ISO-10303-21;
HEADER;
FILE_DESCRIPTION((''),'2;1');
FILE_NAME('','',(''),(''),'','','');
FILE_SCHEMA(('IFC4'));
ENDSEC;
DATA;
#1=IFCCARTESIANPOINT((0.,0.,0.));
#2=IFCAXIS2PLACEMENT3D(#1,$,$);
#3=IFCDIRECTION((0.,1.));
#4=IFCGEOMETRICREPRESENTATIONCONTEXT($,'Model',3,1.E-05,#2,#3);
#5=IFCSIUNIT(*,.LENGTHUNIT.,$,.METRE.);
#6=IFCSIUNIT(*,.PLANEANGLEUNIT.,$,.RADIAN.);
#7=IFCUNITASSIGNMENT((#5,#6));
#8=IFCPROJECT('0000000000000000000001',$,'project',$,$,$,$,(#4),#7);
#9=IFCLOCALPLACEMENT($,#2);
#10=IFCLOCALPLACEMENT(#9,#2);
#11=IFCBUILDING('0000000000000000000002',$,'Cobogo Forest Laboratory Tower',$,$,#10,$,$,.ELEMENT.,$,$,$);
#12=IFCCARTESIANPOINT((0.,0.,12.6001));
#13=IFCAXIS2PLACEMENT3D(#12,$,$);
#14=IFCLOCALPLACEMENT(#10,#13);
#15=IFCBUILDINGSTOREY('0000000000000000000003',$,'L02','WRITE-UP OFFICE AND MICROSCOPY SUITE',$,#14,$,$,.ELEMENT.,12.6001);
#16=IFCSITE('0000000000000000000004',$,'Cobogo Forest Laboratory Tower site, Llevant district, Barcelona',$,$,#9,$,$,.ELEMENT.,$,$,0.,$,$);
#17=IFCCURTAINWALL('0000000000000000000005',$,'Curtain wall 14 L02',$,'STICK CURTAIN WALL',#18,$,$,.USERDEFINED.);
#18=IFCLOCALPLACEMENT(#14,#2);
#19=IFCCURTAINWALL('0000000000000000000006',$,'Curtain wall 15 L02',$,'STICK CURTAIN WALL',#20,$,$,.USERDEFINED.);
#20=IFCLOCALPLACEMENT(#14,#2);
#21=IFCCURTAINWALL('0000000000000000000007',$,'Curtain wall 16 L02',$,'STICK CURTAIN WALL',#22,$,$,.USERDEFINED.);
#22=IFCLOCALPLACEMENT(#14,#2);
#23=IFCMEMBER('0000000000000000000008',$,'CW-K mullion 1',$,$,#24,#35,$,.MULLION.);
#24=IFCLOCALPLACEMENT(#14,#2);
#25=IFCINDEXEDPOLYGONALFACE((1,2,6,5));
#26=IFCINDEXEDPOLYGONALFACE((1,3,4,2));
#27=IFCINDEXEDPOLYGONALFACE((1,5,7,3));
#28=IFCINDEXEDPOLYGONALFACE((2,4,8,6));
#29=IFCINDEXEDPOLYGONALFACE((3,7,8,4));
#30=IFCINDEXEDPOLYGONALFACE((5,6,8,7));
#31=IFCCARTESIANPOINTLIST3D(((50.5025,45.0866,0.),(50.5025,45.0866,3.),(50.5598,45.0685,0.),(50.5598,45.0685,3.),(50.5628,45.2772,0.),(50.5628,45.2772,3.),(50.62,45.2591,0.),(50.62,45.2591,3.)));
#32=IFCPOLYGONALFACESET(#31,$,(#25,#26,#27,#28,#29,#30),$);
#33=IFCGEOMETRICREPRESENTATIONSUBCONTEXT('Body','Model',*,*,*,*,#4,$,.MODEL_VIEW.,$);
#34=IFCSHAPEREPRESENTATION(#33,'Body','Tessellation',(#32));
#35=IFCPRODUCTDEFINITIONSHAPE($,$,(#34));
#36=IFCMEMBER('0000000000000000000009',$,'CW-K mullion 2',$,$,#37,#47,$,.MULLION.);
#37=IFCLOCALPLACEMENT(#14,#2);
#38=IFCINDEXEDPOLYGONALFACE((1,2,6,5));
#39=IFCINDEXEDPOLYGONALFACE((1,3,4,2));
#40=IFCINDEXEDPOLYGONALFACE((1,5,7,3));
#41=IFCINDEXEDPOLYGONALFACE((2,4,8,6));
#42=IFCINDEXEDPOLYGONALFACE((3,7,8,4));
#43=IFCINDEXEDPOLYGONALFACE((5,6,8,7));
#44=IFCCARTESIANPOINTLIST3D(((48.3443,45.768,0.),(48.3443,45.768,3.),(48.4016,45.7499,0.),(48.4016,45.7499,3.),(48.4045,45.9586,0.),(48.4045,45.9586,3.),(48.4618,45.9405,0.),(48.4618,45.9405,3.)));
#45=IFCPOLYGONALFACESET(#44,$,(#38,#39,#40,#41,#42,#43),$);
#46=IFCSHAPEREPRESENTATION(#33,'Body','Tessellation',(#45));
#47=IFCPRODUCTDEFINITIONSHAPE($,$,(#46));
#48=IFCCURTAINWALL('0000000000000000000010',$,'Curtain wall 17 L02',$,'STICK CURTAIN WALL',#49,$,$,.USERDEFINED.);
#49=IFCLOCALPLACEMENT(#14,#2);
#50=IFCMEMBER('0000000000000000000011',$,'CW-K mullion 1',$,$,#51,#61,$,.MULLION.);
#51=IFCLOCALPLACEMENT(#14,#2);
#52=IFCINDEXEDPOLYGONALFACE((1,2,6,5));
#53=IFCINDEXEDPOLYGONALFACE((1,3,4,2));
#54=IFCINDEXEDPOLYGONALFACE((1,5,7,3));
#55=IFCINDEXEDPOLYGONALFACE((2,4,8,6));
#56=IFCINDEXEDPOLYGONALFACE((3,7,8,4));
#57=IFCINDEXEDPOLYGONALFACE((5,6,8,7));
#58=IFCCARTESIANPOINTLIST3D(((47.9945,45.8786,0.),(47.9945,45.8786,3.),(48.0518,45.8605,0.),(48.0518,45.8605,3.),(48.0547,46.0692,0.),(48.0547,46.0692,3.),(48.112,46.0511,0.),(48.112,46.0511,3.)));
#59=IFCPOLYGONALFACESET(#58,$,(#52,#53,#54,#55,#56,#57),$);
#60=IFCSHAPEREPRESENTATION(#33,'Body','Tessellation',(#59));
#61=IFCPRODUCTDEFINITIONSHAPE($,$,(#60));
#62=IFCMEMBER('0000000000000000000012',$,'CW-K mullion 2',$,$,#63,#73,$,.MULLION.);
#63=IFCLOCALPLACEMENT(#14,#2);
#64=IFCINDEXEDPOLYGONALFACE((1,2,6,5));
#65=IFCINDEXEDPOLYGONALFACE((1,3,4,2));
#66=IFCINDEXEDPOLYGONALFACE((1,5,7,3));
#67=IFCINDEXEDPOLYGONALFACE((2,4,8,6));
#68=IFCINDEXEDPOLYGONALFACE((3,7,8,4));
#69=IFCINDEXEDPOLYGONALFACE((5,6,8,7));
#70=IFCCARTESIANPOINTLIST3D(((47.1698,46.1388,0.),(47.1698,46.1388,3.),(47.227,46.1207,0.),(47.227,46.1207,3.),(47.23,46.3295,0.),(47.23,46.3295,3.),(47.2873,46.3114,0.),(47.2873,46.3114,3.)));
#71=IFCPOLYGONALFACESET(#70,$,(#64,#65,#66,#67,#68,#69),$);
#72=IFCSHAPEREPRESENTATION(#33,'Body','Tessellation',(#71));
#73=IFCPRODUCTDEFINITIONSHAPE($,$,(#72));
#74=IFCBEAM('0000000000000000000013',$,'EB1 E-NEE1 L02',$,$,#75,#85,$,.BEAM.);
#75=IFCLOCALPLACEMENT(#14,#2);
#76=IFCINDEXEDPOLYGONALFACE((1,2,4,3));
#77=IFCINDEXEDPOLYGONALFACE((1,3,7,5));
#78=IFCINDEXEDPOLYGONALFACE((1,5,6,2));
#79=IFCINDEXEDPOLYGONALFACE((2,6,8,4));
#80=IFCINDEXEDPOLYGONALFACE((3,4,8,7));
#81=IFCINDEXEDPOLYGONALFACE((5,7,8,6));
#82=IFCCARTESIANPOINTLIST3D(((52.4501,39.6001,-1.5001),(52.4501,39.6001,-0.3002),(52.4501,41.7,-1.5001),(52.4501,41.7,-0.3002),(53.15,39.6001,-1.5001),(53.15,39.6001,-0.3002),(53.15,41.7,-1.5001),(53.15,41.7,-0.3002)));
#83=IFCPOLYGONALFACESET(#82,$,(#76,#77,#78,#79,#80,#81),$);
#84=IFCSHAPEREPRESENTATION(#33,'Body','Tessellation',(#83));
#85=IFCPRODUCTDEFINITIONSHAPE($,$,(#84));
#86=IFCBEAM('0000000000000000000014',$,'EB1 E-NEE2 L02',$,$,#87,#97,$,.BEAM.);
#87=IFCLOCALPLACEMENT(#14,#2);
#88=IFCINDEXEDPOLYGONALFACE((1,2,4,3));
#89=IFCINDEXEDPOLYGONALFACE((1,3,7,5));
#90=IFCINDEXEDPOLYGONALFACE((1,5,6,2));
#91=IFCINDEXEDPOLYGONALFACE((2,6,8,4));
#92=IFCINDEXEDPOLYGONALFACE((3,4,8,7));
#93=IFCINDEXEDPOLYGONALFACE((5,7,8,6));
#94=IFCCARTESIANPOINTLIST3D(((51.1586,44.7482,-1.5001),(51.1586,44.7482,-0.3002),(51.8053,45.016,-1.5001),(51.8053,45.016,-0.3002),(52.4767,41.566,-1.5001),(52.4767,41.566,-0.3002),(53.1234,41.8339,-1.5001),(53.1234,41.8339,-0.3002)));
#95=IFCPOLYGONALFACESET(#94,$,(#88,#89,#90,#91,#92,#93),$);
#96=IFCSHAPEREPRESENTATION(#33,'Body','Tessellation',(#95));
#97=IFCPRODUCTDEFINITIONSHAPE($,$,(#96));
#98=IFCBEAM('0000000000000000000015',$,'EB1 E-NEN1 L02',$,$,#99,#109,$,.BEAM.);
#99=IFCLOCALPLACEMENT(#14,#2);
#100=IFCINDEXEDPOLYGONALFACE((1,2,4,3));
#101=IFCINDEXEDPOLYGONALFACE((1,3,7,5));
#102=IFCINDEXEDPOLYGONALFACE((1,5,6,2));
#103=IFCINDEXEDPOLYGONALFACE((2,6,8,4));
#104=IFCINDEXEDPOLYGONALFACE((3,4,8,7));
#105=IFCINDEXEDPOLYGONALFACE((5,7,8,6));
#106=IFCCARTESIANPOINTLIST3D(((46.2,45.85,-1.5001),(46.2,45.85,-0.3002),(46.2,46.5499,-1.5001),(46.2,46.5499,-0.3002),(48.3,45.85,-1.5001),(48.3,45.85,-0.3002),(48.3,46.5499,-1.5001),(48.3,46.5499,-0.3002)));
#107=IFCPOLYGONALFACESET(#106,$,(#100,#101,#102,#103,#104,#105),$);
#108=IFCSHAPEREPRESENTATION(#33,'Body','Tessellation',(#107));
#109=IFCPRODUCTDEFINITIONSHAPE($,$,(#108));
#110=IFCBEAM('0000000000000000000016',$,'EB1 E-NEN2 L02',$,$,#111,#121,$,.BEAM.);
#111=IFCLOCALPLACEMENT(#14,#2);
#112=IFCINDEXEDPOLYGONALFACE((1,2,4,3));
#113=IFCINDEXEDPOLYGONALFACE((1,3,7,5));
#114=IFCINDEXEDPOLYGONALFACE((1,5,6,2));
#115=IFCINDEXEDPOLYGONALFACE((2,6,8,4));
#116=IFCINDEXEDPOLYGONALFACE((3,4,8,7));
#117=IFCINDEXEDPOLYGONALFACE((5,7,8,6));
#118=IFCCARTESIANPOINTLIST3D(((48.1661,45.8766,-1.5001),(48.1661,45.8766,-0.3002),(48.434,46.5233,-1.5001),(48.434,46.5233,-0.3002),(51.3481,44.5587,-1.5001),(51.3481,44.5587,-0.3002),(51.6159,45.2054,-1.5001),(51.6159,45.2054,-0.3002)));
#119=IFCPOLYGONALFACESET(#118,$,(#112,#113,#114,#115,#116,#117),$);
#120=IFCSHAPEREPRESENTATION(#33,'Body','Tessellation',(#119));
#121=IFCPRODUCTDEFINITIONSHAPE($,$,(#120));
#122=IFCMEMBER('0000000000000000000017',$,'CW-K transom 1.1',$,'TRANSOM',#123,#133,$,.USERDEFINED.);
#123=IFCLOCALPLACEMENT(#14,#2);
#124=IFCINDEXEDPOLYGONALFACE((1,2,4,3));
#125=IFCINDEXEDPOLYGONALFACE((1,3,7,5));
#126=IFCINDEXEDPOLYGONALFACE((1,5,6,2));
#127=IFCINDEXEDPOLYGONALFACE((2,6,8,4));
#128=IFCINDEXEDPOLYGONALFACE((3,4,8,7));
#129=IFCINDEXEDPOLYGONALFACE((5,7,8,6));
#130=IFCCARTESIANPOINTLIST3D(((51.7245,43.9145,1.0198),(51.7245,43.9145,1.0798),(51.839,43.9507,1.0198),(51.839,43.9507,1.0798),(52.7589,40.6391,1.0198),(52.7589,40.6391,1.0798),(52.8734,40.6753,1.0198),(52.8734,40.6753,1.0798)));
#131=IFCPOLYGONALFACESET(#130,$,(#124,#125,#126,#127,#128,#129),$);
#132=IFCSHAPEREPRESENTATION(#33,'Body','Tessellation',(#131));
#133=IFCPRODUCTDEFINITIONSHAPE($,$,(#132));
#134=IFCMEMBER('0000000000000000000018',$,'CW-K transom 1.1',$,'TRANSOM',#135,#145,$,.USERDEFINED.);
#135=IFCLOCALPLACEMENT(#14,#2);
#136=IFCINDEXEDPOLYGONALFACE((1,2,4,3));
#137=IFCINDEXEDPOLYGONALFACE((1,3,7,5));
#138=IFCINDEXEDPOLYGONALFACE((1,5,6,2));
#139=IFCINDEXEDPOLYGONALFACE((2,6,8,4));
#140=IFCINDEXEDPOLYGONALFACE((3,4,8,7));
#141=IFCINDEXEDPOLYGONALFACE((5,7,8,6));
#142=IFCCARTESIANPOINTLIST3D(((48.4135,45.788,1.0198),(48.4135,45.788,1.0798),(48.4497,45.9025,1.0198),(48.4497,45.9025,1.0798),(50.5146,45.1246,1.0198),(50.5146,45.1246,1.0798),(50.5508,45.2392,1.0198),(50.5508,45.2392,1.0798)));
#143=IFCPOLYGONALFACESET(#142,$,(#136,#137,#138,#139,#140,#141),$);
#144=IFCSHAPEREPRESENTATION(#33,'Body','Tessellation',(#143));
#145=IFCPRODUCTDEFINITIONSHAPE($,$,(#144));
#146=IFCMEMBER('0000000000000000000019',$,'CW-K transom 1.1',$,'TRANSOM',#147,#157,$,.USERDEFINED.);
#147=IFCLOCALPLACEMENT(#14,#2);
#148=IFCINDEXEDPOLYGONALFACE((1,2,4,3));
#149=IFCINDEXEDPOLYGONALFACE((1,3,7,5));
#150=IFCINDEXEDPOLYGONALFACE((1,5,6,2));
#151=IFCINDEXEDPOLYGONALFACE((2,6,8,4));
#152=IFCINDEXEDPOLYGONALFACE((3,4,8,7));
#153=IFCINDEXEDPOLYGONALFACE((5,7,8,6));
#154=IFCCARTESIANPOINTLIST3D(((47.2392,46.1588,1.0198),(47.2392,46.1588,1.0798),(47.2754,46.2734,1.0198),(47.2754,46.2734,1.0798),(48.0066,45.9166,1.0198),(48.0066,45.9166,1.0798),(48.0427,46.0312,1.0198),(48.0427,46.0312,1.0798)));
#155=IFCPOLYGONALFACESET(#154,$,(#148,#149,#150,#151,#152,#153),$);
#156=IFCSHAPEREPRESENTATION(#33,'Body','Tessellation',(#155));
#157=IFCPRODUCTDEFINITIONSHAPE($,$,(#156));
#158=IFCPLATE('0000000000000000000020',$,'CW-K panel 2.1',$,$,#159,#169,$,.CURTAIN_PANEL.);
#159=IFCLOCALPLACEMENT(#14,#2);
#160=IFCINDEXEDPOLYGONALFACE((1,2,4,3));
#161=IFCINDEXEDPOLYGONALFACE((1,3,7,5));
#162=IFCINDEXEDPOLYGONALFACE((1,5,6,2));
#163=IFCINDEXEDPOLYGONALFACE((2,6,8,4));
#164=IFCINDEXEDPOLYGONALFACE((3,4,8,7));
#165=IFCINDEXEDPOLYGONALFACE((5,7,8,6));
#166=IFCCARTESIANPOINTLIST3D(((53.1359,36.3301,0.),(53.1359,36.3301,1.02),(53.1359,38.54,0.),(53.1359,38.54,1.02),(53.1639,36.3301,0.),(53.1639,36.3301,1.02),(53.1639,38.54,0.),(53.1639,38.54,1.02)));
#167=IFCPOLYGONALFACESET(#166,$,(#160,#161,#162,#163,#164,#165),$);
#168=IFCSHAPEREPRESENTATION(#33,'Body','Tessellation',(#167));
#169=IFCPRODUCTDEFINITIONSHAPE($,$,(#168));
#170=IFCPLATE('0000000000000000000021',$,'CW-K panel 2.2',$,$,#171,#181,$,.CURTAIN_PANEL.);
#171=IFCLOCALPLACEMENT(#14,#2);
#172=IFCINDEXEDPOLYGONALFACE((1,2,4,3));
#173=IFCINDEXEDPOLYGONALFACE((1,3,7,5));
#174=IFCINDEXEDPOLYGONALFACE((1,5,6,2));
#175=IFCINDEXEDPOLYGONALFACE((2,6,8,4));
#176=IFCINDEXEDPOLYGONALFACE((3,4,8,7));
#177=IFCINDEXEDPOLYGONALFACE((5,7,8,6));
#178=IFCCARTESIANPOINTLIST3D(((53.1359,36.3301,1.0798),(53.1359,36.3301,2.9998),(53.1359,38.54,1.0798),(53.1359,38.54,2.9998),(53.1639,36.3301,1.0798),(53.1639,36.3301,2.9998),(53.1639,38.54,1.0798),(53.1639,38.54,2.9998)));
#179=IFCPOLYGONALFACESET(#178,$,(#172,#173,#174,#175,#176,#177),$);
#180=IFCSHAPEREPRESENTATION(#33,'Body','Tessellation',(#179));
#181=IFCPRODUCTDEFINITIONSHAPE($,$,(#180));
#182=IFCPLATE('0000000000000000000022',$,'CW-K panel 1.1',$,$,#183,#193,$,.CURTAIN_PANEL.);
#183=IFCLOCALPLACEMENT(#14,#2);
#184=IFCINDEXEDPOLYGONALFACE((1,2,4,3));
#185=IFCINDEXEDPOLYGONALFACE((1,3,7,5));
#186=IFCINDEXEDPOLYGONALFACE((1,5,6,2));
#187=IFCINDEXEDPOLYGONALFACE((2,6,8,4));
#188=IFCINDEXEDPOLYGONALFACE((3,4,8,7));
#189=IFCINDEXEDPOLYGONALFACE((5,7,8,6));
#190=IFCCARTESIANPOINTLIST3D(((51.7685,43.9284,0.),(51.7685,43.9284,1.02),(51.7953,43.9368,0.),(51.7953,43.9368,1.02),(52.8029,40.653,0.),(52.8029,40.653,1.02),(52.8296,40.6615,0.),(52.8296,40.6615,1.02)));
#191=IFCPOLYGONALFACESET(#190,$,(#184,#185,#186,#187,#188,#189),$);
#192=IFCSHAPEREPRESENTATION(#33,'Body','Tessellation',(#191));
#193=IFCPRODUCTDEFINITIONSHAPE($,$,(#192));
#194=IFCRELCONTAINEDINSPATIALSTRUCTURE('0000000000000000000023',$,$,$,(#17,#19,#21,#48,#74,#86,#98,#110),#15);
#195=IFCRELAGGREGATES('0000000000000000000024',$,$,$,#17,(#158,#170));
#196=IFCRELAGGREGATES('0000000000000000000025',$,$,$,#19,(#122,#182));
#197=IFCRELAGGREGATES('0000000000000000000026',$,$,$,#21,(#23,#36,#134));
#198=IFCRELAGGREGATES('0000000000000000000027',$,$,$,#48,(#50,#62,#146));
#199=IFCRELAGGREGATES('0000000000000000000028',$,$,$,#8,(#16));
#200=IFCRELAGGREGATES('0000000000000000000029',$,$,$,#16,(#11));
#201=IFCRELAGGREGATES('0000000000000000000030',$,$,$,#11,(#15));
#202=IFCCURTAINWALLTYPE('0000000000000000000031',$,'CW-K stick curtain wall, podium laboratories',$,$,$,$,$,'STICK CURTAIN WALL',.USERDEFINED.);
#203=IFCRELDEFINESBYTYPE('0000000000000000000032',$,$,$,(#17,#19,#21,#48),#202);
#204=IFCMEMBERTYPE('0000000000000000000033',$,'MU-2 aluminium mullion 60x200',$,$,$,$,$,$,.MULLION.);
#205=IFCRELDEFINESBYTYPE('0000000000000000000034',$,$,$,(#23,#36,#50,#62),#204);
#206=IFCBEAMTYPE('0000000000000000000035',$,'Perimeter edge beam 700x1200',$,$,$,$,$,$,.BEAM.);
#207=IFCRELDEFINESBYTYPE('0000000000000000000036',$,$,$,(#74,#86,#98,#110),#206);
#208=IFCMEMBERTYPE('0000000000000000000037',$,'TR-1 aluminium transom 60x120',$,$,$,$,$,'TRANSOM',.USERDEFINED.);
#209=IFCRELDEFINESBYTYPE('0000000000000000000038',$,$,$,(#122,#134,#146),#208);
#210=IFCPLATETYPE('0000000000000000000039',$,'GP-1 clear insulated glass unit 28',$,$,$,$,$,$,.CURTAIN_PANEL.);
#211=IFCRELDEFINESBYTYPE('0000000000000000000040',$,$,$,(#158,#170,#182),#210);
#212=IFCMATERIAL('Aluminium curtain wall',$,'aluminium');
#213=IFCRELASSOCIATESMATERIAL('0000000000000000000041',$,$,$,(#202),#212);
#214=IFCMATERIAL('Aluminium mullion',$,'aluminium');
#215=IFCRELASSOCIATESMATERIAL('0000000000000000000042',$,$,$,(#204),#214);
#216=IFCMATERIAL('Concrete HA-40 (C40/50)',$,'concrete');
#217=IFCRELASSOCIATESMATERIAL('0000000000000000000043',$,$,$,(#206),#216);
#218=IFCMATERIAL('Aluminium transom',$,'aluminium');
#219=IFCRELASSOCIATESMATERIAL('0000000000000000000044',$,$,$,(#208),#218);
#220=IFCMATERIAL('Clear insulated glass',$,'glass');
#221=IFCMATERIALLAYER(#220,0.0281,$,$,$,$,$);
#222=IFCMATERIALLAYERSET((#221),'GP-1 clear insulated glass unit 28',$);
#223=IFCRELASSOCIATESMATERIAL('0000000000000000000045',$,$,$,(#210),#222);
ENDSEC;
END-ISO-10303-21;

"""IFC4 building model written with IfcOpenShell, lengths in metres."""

from ifc_helpers import new_model, si_unit, direction, frame, origin, origin_2d, place, context, subcontext, project, spatial, rectangle, extrude, material, layer, layer_set, material_profile, profile_set, type_object, element, aggregate, save


model = new_model("IFC4")

# Units and contexts
model_context = context("Model", 3, precision=1e-05, world=origin(), true_north=direction((0.0, 1.0)))
body_context = subcontext(model_context, "Body", "Model", "MODEL_VIEW")
ifc_project = project(units=[si_unit("LENGTHUNIT", "METRE"), si_unit("PLANEANGLEUNIT", "RADIAN")], contexts=[model_context])

# Site, building, storey
site_placement = place(None, origin())
site = spatial("IfcSite", under=ifc_project, at=site_placement, Name="Cobogo Forest Laboratory Tower site, Llevant district, Barcelona", CompositionType="ELEMENT", RefElevation=0.0)
building_placement = place(site_placement, origin())
building = spatial("IfcBuilding", under=site, at=building_placement, Name="Cobogo Forest Laboratory Tower", CompositionType="ELEMENT")
storey_placement = place(building_placement, frame((0.0, 0.0, 12.6001)))
storey = spatial("IfcBuildingStorey", under=building, at=storey_placement, Name="L02", Description="WRITE-UP OFFICE AND MICROSCOPY SUITE", CompositionType="ELEMENT", Elevation=12.6001)

# Shared definitions
ifc_material_1 = material(Name="Concrete HA-40 (C40/50)", Category="concrete")

# Curtain wall
ifc_material_2 = material(Name="Aluminium curtain wall", Category="aluminium")
curtain_wall_type = type_object("IfcCurtainWallType", Name="CW-K stick curtain wall, podium laboratories", ElementType="STICK CURTAIN WALL", PredefinedType="USERDEFINED", material=ifc_material_2)
curtain_wall_1_placement = place(storey_placement, origin())
curtain_wall_1 = element("IfcCurtainWall", 1, at=curtain_wall_1_placement, inside=storey, type_object=curtain_wall_type, Name="Curtain wall 14 L02", ObjectType="STICK CURTAIN WALL", PredefinedType="USERDEFINED")
ifc_material_3 = material(Name="Aluminium mullion", Category="aluminium")
ifc_material_profile_1 = material_profile(ifc_material_3, rectangle(XDim=0.0601, YDim=0.2, at=origin_2d()), Name="AL 60x200")
ifc_profile_set_1 = profile_set([ifc_material_profile_1], Name="Aluminium mullion")
member_type_1 = type_object("IfcMemberType", Name="MU-2 aluminium mullion 60x200", PredefinedType="MULLION", material=ifc_profile_set_1)

# Curtain walls, members
curtain_wall_2_placement = place(storey_placement, origin())
curtain_wall_2 = element("IfcCurtainWall", 2, at=curtain_wall_2_placement, inside=storey, type_object=curtain_wall_type, Name="Curtain wall 15 L02", ObjectType="STICK CURTAIN WALL", PredefinedType="USERDEFINED")
curtain_wall_3_placement = place(storey_placement, origin())
curtain_wall_3 = element("IfcCurtainWall", 3, at=curtain_wall_3_placement, inside=storey, type_object=curtain_wall_type, Name="Curtain wall 16 L02", ObjectType="STICK CURTAIN WALL", PredefinedType="USERDEFINED")
member_1_placement = place(storey_placement, frame((50.5613, 45.1729, 0.0), z_axis=(0.0, 0.0, 1.0), x_axis=(-0.953581, 0.301135, 0.0)))
member_1 = element("IfcMember", 4, at=member_1_placement, type_object=member_type_1, Name="CW-K mullion 1", PredefinedType="MULLION", context=body_context, shape_type="SweptSolid", body=[
    extrude(rectangle(XDim=0.0601, YDim=0.2, at=origin_2d()), origin(), (0.0, 0.0, 1.0), 3.0),
])
member_2_placement = place(storey_placement, frame((48.4031, 45.8542, 0.0), z_axis=(0.0, 0.0, 1.0), x_axis=(-0.953581, 0.301135, 0.0)))
member_2 = element("IfcMember", 5, at=member_2_placement, type_object=member_type_1, Name="CW-K mullion 2", PredefinedType="MULLION", context=body_context, shape_type="SweptSolid", body=[
    extrude(rectangle(XDim=0.0601, YDim=0.2, at=origin_2d()), origin(), (0.0, 0.0, 1.0), 3.0),
])
curtain_wall_4_placement = place(storey_placement, origin())
curtain_wall_4 = element("IfcCurtainWall", 6, at=curtain_wall_4_placement, inside=storey, type_object=curtain_wall_type, Name="Curtain wall 17 L02", ObjectType="STICK CURTAIN WALL", PredefinedType="USERDEFINED")
member_3_placement = place(storey_placement, frame((48.0532, 45.9648, 0.0), z_axis=(0.0, 0.0, 1.0), x_axis=(-0.953581, 0.301135, 0.0)))
member_3 = element("IfcMember", 7, at=member_3_placement, type_object=member_type_1, Name="CW-K mullion 1", PredefinedType="MULLION", context=body_context, shape_type="SweptSolid", body=[
    extrude(rectangle(XDim=0.0601, YDim=0.2, at=origin_2d()), origin(), (0.0, 0.0, 1.0), 3.0),
])
member_4_placement = place(storey_placement, frame((47.2285, 46.2251, 0.0), z_axis=(0.0, 0.0, 1.0), x_axis=(-0.953581, 0.301135, 0.0)))
member_4 = element("IfcMember", 8, at=member_4_placement, type_object=member_type_1, Name="CW-K mullion 2", PredefinedType="MULLION", context=body_context, shape_type="SweptSolid", body=[
    extrude(rectangle(XDim=0.0601, YDim=0.2, at=origin_2d()), origin(), (0.0, 0.0, 1.0), 3.0),
])

# Beams
ifc_material_profile_2 = material_profile(ifc_material_1, rectangle(XDim=0.7, YDim=1.2, at=origin_2d()), Name="RC 700x1200")
ifc_profile_set_2 = profile_set([ifc_material_profile_2], Name="Concrete HA-40 (C40/50)")
beam_type_1 = type_object("IfcBeamType", Name="Perimeter edge beam 700x1200", PredefinedType="BEAM", material=ifc_profile_set_2)
beam_1_placement = place(storey_placement, frame((52.8, 39.6001, -0.9001), z_axis=(0.0, 1.0, 0.0), x_axis=(-1.0, 0.0, 0.0)))
element("IfcBeam", 9, at=beam_1_placement, inside=storey, type_object=beam_type_1, Name="EB1 E-NEE1 L02", PredefinedType="BEAM", context=body_context, shape_type="SweptSolid", body=[
    extrude(rectangle(XDim=0.7, YDim=1.2, at=origin_2d()), origin(), (0.0, 0.0, 1.0), 2.0999),
])
beam_2_placement = place(storey_placement, frame((52.8, 41.7, -0.9001), z_axis=(-0.382692, 0.923876, 0.0), x_axis=(-0.923876, -0.382692, 0.0)))
element("IfcBeam", 10, at=beam_2_placement, inside=storey, type_object=beam_type_1, Name="EB1 E-NEE2 L02", PredefinedType="BEAM", context=body_context, shape_type="SweptSolid", body=[
    extrude(rectangle(XDim=0.7, YDim=1.2, at=origin_2d()), origin(), (0.0, 0.0, 1.0), 3.4443),
])
beam_3_placement = place(storey_placement, frame((46.2, 46.2, -0.9001), z_axis=(1.0, 0.0, 0.0), x_axis=(0.0, 1.0, 0.0)))
element("IfcBeam", 11, at=beam_3_placement, inside=storey, type_object=beam_type_1, Name="EB1 E-NEN1 L02", PredefinedType="BEAM", context=body_context, shape_type="SweptSolid", body=[
    extrude(rectangle(XDim=0.7, YDim=1.2, at=origin_2d()), origin(), (0.0, 0.0, 1.0), 2.1001),
])
beam_4_placement = place(storey_placement, frame((48.3, 46.2, -0.9001), z_axis=(0.923891, -0.382656, 0.0), x_axis=(0.382656, 0.923891, 0.0)))
element("IfcBeam", 12, at=beam_4_placement, inside=storey, type_object=beam_type_1, Name="EB1 E-NEN2 L02", PredefinedType="BEAM", context=body_context, shape_type="SweptSolid", body=[
    extrude(rectangle(XDim=0.7, YDim=1.2, at=origin_2d()), origin(), (0.0, 0.0, 1.0), 3.4441),
])

# Members
ifc_material_4 = material(Name="Aluminium transom", Category="aluminium")
ifc_material_profile_3 = material_profile(ifc_material_4, rectangle(XDim=0.1201, YDim=0.0601, at=origin_2d()), Name="AL 60x120")
ifc_profile_set_3 = profile_set([ifc_material_profile_3], Name="Aluminium transom")
member_type_2 = type_object("IfcMemberType", Name="TR-1 aluminium transom 60x120", ElementType="TRANSOM", PredefinedType="USERDEFINED", material=ifc_profile_set_3)
member_5_placement = place(storey_placement, frame((52.8162, 40.6572, 1.0498), z_axis=(-0.301155, 0.953575, 0.0), x_axis=(-0.953575, -0.301155, 0.0)))
member_5 = element("IfcMember", 13, at=member_5_placement, type_object=member_type_2, Name="CW-K transom 1.1", ObjectType="TRANSOM", PredefinedType="USERDEFINED", context=body_context, shape_type="SweptSolid", body=[
    extrude(rectangle(XDim=0.1201, YDim=0.0601, at=origin_2d()), origin(), (0.0, 0.0, 1.0), 3.4348),
])
member_6_placement = place(storey_placement, frame((50.5327, 45.1819, 1.0498), z_axis=(-0.953604, 0.301062, 0.0), x_axis=(-0.301062, -0.953604, 0.0)))
member_6 = element("IfcMember", 14, at=member_6_placement, type_object=member_type_2, Name="CW-K transom 1.1", ObjectType="TRANSOM", PredefinedType="USERDEFINED", context=body_context, shape_type="SweptSolid", body=[
    extrude(rectangle(XDim=0.1201, YDim=0.0601, at=origin_2d()), origin(), (0.0, 0.0, 1.0), 2.2034),
])
member_7_placement = place(storey_placement, frame((48.0247, 45.9739, 1.0498), z_axis=(-0.953629, 0.300986, 0.0), x_axis=(-0.300986, -0.953629, 0.0)))
member_7 = element("IfcMember", 15, at=member_7_placement, type_object=member_type_2, Name="CW-K transom 1.1", ObjectType="TRANSOM", PredefinedType="USERDEFINED", context=body_context, shape_type="SweptSolid", body=[
    extrude(rectangle(XDim=0.1201, YDim=0.0601, at=origin_2d()), origin(), (0.0, 0.0, 1.0), 0.8047),
])

# Plates
ifc_material_5 = material(Name="Clear insulated glass", Category="glass")
ifc_layer_1 = layer(ifc_material_5, 0.0281)
ifc_layer_set_1 = layer_set([ifc_layer_1], Name="GP-1 clear insulated glass unit 28")
plate_type = type_object("IfcPlateType", Name="GP-1 clear insulated glass unit 28", PredefinedType="CURTAIN_PANEL", material=ifc_layer_set_1)
plate_1_placement = place(storey_placement, frame((53.1499, 37.4351, 0.0), z_axis=(0.0, 0.0, 1.0), x_axis=(0.0, 1.0, 0.0)))
plate_1 = element("IfcPlate", 16, at=plate_1_placement, type_object=plate_type, Name="CW-K panel 2.1", PredefinedType="CURTAIN_PANEL", context=body_context, shape_type="SweptSolid", body=[
    extrude(rectangle(XDim=2.21, YDim=0.0281, at=origin_2d()), origin(), (0.0, 0.0, 1.0), 1.02),
])
plate_2_placement = place(storey_placement, frame((53.1499, 37.4351, 1.0798), z_axis=(0.0, 0.0, 1.0), x_axis=(0.0, 1.0, 0.0)))
plate_2 = element("IfcPlate", 17, at=plate_2_placement, type_object=plate_type, Name="CW-K panel 2.2", PredefinedType="CURTAIN_PANEL", context=body_context, shape_type="SweptSolid", body=[
    extrude(rectangle(XDim=2.21, YDim=0.0281, at=origin_2d()), origin(), (0.0, 0.0, 1.0), 1.9199),
])
aggregate(curtain_wall_1, [plate_1, plate_2])
plate_3_placement = place(storey_placement, frame((52.2991, 42.2949, 0.0), z_axis=(0.0, 0.0, 1.0), x_axis=(-0.301135, 0.953581, 0.0)))
plate_3 = element("IfcPlate", 18, at=plate_3_placement, type_object=plate_type, Name="CW-K panel 1.1", PredefinedType="CURTAIN_PANEL", context=body_context, shape_type="SweptSolid", body=[
    extrude(rectangle(XDim=3.4348, YDim=0.0281, at=origin_2d()), origin(), (0.0, 0.0, 1.0), 1.02),
])
aggregate(curtain_wall_2, [member_5, plate_3])
aggregate(curtain_wall_3, [member_1, member_2, member_6])
aggregate(curtain_wall_4, [member_3, member_4, member_7])

save(model, "model.ifc")
